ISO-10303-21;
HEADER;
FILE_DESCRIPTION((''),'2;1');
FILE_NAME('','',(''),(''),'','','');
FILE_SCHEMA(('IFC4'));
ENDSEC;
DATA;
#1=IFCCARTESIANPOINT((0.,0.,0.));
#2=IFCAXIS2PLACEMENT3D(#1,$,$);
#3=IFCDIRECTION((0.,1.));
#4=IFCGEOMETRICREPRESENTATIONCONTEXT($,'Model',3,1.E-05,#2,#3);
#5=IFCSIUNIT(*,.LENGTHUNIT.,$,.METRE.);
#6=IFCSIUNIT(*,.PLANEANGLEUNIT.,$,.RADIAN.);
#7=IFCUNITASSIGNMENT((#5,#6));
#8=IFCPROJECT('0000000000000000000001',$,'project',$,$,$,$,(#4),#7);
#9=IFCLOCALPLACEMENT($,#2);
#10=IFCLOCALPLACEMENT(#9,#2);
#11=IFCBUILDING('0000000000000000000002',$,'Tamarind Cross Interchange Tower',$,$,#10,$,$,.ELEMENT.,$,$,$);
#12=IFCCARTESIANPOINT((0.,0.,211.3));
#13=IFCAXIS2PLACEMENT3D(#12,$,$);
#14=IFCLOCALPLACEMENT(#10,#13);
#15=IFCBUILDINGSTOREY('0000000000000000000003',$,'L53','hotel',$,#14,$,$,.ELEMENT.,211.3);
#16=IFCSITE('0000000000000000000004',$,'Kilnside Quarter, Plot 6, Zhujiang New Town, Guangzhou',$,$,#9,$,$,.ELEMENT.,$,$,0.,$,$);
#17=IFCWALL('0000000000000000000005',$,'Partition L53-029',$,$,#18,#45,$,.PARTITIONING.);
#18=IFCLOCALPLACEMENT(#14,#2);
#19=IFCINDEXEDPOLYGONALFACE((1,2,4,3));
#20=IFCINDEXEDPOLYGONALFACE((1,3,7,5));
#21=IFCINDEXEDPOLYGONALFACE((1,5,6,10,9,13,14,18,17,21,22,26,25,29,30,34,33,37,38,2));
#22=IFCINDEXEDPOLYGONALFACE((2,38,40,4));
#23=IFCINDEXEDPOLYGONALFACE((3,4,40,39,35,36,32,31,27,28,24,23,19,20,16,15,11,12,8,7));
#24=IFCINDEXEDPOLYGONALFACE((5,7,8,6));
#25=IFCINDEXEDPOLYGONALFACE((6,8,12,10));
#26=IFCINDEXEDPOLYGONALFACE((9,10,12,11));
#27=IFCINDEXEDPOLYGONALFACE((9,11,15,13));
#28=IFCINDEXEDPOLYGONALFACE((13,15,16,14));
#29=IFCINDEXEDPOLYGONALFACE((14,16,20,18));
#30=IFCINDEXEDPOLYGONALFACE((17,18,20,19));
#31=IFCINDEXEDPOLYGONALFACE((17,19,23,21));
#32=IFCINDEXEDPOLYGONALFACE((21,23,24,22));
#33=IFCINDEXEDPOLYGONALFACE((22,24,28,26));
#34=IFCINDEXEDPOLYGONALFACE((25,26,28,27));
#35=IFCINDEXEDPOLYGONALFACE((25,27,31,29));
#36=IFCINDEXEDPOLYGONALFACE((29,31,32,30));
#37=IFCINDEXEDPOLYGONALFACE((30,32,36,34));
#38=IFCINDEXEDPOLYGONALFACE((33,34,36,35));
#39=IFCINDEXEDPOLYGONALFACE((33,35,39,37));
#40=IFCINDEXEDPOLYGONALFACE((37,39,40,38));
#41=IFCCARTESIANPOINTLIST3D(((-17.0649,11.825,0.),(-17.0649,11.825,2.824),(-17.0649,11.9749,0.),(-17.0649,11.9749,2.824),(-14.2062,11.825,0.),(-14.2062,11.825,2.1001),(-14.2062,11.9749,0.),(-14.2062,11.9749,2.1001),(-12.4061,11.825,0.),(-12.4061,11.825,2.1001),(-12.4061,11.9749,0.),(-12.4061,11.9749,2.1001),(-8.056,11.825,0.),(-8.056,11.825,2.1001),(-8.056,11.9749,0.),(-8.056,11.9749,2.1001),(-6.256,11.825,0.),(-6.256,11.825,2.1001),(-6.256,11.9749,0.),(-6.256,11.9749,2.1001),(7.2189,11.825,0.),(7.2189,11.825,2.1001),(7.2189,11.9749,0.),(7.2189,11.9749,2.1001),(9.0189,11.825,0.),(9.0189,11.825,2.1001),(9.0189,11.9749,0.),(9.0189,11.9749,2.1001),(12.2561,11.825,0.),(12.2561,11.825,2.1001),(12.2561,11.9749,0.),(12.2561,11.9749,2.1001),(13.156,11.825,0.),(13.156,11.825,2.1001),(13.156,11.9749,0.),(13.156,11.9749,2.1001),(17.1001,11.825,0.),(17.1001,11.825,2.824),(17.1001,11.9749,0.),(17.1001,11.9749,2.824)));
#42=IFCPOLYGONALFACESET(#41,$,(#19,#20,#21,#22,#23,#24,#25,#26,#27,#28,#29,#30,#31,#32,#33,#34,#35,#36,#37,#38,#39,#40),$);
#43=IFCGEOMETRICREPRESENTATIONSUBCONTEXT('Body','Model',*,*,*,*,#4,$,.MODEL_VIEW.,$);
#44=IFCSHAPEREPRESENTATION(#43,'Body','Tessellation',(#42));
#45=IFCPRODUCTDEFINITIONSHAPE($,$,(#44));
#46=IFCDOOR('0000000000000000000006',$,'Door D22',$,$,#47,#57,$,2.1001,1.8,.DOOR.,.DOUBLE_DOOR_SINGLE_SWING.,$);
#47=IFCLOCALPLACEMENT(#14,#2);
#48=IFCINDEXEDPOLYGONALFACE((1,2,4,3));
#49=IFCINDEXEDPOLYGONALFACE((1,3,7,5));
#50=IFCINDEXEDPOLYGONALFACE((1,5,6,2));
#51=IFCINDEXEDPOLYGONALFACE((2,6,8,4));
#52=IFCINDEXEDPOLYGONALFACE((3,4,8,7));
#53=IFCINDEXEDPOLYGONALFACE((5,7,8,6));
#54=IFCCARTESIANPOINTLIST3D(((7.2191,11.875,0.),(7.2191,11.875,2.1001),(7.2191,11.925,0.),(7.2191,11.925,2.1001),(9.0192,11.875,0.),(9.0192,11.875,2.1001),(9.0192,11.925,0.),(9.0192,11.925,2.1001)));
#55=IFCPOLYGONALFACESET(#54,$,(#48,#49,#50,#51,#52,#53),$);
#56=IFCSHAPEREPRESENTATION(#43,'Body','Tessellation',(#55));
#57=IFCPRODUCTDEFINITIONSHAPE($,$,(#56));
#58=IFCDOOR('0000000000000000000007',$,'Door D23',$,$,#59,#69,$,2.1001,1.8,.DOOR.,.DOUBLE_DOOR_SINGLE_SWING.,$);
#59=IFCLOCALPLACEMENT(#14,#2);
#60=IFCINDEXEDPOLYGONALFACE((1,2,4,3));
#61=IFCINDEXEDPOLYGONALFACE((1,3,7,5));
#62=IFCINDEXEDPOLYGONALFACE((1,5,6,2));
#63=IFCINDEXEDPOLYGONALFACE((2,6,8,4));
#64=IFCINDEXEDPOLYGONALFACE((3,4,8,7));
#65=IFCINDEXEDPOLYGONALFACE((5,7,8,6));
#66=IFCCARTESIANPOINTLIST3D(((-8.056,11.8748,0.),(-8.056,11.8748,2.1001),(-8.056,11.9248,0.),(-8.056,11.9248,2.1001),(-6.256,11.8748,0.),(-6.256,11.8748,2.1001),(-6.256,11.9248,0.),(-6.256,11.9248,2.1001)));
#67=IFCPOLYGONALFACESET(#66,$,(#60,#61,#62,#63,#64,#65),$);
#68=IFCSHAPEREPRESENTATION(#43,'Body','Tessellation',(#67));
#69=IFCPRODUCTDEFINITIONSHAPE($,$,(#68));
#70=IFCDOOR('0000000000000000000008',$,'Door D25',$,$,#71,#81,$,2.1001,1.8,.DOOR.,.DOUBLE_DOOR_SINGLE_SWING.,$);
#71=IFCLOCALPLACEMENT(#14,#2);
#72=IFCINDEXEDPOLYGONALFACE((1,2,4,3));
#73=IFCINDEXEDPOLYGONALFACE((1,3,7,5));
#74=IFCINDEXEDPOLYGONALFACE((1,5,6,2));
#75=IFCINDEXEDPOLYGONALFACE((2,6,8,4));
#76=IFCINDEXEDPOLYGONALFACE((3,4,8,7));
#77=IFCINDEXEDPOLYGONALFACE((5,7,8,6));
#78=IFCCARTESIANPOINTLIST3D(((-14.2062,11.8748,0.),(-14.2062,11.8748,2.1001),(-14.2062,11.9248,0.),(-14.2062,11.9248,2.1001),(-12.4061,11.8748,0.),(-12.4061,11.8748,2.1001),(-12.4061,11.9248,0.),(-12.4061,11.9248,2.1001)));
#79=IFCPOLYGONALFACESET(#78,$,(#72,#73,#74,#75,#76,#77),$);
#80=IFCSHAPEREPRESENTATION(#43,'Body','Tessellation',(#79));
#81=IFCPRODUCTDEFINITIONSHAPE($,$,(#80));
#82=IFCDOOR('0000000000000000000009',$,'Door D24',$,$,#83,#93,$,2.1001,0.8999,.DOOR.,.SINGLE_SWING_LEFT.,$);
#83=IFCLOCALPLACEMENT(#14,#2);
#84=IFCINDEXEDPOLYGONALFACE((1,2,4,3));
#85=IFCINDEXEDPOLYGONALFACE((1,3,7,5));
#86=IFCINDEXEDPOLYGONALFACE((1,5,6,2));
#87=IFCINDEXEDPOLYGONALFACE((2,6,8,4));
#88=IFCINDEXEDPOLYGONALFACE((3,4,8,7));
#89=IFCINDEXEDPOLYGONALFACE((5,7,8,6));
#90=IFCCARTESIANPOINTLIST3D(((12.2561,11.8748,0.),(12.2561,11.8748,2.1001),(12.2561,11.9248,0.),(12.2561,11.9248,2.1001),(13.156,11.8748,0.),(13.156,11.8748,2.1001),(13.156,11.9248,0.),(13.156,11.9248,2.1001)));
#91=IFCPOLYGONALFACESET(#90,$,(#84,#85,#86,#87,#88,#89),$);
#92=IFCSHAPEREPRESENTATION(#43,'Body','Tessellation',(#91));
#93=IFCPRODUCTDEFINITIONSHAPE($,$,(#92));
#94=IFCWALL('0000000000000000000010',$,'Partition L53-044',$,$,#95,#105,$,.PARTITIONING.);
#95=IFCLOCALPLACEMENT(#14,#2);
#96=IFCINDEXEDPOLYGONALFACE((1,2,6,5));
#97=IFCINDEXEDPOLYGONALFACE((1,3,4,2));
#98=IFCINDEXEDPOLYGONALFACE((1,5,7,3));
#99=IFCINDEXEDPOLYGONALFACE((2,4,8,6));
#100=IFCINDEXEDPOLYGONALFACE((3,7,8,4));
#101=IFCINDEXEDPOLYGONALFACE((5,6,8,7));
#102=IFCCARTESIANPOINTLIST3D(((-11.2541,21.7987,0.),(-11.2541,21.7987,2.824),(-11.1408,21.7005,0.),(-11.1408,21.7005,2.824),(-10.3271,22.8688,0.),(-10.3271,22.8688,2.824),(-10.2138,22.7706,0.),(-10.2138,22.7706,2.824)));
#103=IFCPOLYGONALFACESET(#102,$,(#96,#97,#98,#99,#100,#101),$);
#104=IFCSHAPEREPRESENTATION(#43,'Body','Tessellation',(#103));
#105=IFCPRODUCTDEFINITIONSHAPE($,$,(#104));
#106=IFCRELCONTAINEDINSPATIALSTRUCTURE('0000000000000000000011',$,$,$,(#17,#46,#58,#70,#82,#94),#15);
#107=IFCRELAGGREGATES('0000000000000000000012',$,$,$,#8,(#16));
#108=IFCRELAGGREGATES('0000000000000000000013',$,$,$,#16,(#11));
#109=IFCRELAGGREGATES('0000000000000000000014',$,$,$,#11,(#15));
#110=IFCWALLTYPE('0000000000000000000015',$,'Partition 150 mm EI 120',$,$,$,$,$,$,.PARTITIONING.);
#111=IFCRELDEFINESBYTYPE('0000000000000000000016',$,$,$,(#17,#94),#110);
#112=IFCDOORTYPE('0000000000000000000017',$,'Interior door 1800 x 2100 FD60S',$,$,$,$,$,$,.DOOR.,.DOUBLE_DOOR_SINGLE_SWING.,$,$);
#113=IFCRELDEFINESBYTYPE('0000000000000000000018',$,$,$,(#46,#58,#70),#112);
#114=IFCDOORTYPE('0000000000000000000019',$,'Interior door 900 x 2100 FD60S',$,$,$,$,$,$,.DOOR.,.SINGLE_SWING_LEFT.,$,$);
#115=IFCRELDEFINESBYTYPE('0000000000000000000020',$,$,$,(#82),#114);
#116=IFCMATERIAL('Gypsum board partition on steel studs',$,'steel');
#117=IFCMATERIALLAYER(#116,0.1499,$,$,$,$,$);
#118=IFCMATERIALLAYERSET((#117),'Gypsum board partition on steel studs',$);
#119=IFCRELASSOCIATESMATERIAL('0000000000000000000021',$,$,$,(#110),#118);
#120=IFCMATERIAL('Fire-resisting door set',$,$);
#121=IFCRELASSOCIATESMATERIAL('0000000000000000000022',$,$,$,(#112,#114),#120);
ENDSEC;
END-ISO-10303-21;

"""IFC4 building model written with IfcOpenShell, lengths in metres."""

from ifc_helpers import new_model, si_unit, direction, frame, frame_2d, origin, place, context, subcontext, project, spatial, rectangle, extrude, material, layer, layer_set, type_object, element, fill, save


model = new_model("IFC4")

# Units and contexts
model_context = context("Model", 3, precision=1e-05, world=origin(), true_north=direction((0.0, 1.0)))
body_context = subcontext(model_context, "Body", "Model", "MODEL_VIEW")
ifc_project = project(units=[si_unit("LENGTHUNIT", "METRE"), si_unit("PLANEANGLEUNIT", "RADIAN")], contexts=[model_context])

# Site, building, storey
site_placement = place(None, origin())
site = spatial("IfcSite", under=ifc_project, at=site_placement, Name="Kilnside Quarter, Plot 6, Zhujiang New Town, Guangzhou", CompositionType="ELEMENT", RefElevation=0.0)
building_placement = place(site_placement, origin())
building = spatial("IfcBuilding", under=site, at=building_placement, Name="Tamarind Cross Interchange Tower", CompositionType="ELEMENT")
storey_placement = place(building_placement, frame((0.0, 0.0, 211.3)))
storey = spatial("IfcBuildingStorey", under=building, at=storey_placement, Name="L53", Description="hotel", CompositionType="ELEMENT", Elevation=211.3)

# Shared definitions
ifc_material_1 = material(Name="Gypsum board partition on steel studs", Category="steel")
ifc_layer_1 = layer(ifc_material_1, 0.1499)
ifc_layer_set_1 = layer_set([ifc_layer_1], Name="Gypsum board partition on steel studs")
wall_type_1 = type_object("IfcWallType", Name="Partition 150 mm EI 120", PredefinedType="PARTITIONING", material=ifc_layer_set_1)

# Wall, openings, doors
wall_1_placement = place(storey_placement, frame((-17.0649, 11.8999, 0.0), z_axis=(0.0, 0.0, 1.0), x_axis=(1.0, 0.0, 0.0)))
wall_1 = element("IfcWall", 1, at=wall_1_placement, inside=storey, type_object=wall_type_1, Name="Partition L53-029", PredefinedType="PARTITIONING", context=body_context, shape_type="SweptSolid", body=[
    extrude(rectangle(XDim=34.165, YDim=0.1499, at=frame_2d((17.0825, 0.0))), origin(), (0.0, 0.0, 1.0), 2.824),
])
opening_1_placement = place(wall_1_placement, frame((24.2839, 0.0, 0.0)))
opening_1 = element("IfcOpeningElement", 2, at=opening_1_placement, cuts=wall_1, PredefinedType="OPENING", context=body_context, shape_type="SweptSolid", body=[
    extrude(rectangle(XDim=1.8, YDim=2.1001, at=frame_2d((0.8999, 1.05))), frame((0.0, 0.085, 0.0), z_axis=(0.0, -1.0, 0.0), x_axis=(1.0, 0.0, 0.0)), (0.0, 0.0, 1.0), 0.1699),
])
opening_2_placement = place(wall_1_placement, frame((9.009, 0.0, 0.0)))
opening_2 = element("IfcOpeningElement", 3, at=opening_2_placement, cuts=wall_1, PredefinedType="OPENING", context=body_context, shape_type="SweptSolid", body=[
    extrude(rectangle(XDim=1.8, YDim=2.1001, at=frame_2d((0.8999, 1.05))), frame((0.0, 0.085, 0.0), z_axis=(0.0, -1.0, 0.0), x_axis=(1.0, 0.0, 0.0)), (0.0, 0.0, 1.0), 0.1699),
])
opening_3_placement = place(wall_1_placement, frame((29.321, 0.0, 0.0)))
opening_3 = element("IfcOpeningElement", 4, at=opening_3_placement, cuts=wall_1, PredefinedType="OPENING", context=body_context, shape_type="SweptSolid", body=[
    extrude(rectangle(XDim=0.8999, YDim=2.1001, at=frame_2d((0.45, 1.05))), frame((0.0, 0.085, 0.0), z_axis=(0.0, -1.0, 0.0), x_axis=(1.0, 0.0, 0.0)), (0.0, 0.0, 1.0), 0.1699),
])
opening_4_placement = place(wall_1_placement, frame((2.8589, 0.0, 0.0)))
opening_4 = element("IfcOpeningElement", 5, at=opening_4_placement, cuts=wall_1, PredefinedType="OPENING", context=body_context, shape_type="SweptSolid", body=[
    extrude(rectangle(XDim=1.8, YDim=2.1001, at=frame_2d((0.8999, 1.05))), frame((0.0, 0.085, 0.0), z_axis=(0.0, -1.0, 0.0), x_axis=(1.0, 0.0, 0.0)), (0.0, 0.0, 1.0), 0.1699),
])
ifc_material_2 = material(Name="Fire-resisting door set")
door_type_1 = type_object("IfcDoorType", Name="Interior door 1800 x 2100 FD60S", OperationType="DOUBLE_DOOR_SINGLE_SWING", PredefinedType="DOOR", material=ifc_material_2)
door_1_placement = place(opening_1_placement, frame((1.8, 0.0, 0.0), z_axis=(0.0, 0.0, 1.0), x_axis=(-1.0, 0.0, 0.0)))
door_1 = element("IfcDoor", 6, at=door_1_placement, inside=storey, type_object=door_type_1, Name="Door D22", OperationType="DOUBLE_DOOR_SINGLE_SWING", OverallHeight=2.1001, OverallWidth=1.8, PredefinedType="DOOR", context=body_context, shape_type="SweptSolid", body=[
    extrude(rectangle(XDim=1.8, YDim=2.1001, at=frame_2d((0.8999, 1.05))), frame((0.0, 0.0249, 0.0), z_axis=(0.0, -1.0, 0.0), x_axis=(1.0, 0.0, 0.0)), (0.0, 0.0, 1.0), 0.05),
])
fill(opening_1, door_1)
door_2_placement = place(opening_2_placement, origin())
door_2 = element("IfcDoor", 7, at=door_2_placement, inside=storey, type_object=door_type_1, Name="Door D23", OperationType="DOUBLE_DOOR_SINGLE_SWING", OverallHeight=2.1001, OverallWidth=1.8, PredefinedType="DOOR", context=body_context, shape_type="SweptSolid", body=[
    extrude(rectangle(XDim=1.8, YDim=2.1001, at=frame_2d((0.8999, 1.05))), frame((0.0, 0.0249, 0.0), z_axis=(0.0, -1.0, 0.0), x_axis=(1.0, 0.0, 0.0)), (0.0, 0.0, 1.0), 0.05),
])
fill(opening_2, door_2)
door_3_placement = place(opening_4_placement, origin())
door_3 = element("IfcDoor", 8, at=door_3_placement, inside=storey, type_object=door_type_1, Name="Door D25", OperationType="DOUBLE_DOOR_SINGLE_SWING", OverallHeight=2.1001, OverallWidth=1.8, PredefinedType="DOOR", context=body_context, shape_type="SweptSolid", body=[
    extrude(rectangle(XDim=1.8, YDim=2.1001, at=frame_2d((0.8999, 1.05))), frame((0.0, 0.0249, 0.0), z_axis=(0.0, -1.0, 0.0), x_axis=(1.0, 0.0, 0.0)), (0.0, 0.0, 1.0), 0.05),
])
fill(opening_4, door_3)
door_type_2 = type_object("IfcDoorType", Name="Interior door 900 x 2100 FD60S", OperationType="SINGLE_SWING_LEFT", PredefinedType="DOOR", material=ifc_material_2)
door_4_placement = place(opening_3_placement, origin())
door_4 = element("IfcDoor", 9, at=door_4_placement, inside=storey, type_object=door_type_2, Name="Door D24", OperationType="SINGLE_SWING_LEFT", OverallHeight=2.1001, OverallWidth=0.8999, PredefinedType="DOOR", context=body_context, shape_type="SweptSolid", body=[
    extrude(rectangle(XDim=0.8999, YDim=2.1001, at=frame_2d((0.45, 1.05))), frame((0.0, 0.0249, 0.0), z_axis=(0.0, -1.0, 0.0), x_axis=(1.0, 0.0, 0.0)), (0.0, 0.0, 1.0), 0.05),
])
fill(opening_3, door_4)

# Wall
wall_2_placement = place(storey_placement, frame((-11.1975, 21.7495, 0.0), z_axis=(0.0, 0.0, 1.0), x_axis=(0.654773, 0.755826, 0.0)))
element("IfcWall", 10, at=wall_2_placement, inside=storey, type_object=wall_type_1, Name="Partition L53-044", PredefinedType="PARTITIONING", context=body_context, shape_type="SweptSolid", body=[
    extrude(rectangle(XDim=1.4158, YDim=0.1499, at=frame_2d((0.708, 0.0))), origin(), (0.0, 0.0, 1.0), 2.824),
])

save(model, "model.ifc")
